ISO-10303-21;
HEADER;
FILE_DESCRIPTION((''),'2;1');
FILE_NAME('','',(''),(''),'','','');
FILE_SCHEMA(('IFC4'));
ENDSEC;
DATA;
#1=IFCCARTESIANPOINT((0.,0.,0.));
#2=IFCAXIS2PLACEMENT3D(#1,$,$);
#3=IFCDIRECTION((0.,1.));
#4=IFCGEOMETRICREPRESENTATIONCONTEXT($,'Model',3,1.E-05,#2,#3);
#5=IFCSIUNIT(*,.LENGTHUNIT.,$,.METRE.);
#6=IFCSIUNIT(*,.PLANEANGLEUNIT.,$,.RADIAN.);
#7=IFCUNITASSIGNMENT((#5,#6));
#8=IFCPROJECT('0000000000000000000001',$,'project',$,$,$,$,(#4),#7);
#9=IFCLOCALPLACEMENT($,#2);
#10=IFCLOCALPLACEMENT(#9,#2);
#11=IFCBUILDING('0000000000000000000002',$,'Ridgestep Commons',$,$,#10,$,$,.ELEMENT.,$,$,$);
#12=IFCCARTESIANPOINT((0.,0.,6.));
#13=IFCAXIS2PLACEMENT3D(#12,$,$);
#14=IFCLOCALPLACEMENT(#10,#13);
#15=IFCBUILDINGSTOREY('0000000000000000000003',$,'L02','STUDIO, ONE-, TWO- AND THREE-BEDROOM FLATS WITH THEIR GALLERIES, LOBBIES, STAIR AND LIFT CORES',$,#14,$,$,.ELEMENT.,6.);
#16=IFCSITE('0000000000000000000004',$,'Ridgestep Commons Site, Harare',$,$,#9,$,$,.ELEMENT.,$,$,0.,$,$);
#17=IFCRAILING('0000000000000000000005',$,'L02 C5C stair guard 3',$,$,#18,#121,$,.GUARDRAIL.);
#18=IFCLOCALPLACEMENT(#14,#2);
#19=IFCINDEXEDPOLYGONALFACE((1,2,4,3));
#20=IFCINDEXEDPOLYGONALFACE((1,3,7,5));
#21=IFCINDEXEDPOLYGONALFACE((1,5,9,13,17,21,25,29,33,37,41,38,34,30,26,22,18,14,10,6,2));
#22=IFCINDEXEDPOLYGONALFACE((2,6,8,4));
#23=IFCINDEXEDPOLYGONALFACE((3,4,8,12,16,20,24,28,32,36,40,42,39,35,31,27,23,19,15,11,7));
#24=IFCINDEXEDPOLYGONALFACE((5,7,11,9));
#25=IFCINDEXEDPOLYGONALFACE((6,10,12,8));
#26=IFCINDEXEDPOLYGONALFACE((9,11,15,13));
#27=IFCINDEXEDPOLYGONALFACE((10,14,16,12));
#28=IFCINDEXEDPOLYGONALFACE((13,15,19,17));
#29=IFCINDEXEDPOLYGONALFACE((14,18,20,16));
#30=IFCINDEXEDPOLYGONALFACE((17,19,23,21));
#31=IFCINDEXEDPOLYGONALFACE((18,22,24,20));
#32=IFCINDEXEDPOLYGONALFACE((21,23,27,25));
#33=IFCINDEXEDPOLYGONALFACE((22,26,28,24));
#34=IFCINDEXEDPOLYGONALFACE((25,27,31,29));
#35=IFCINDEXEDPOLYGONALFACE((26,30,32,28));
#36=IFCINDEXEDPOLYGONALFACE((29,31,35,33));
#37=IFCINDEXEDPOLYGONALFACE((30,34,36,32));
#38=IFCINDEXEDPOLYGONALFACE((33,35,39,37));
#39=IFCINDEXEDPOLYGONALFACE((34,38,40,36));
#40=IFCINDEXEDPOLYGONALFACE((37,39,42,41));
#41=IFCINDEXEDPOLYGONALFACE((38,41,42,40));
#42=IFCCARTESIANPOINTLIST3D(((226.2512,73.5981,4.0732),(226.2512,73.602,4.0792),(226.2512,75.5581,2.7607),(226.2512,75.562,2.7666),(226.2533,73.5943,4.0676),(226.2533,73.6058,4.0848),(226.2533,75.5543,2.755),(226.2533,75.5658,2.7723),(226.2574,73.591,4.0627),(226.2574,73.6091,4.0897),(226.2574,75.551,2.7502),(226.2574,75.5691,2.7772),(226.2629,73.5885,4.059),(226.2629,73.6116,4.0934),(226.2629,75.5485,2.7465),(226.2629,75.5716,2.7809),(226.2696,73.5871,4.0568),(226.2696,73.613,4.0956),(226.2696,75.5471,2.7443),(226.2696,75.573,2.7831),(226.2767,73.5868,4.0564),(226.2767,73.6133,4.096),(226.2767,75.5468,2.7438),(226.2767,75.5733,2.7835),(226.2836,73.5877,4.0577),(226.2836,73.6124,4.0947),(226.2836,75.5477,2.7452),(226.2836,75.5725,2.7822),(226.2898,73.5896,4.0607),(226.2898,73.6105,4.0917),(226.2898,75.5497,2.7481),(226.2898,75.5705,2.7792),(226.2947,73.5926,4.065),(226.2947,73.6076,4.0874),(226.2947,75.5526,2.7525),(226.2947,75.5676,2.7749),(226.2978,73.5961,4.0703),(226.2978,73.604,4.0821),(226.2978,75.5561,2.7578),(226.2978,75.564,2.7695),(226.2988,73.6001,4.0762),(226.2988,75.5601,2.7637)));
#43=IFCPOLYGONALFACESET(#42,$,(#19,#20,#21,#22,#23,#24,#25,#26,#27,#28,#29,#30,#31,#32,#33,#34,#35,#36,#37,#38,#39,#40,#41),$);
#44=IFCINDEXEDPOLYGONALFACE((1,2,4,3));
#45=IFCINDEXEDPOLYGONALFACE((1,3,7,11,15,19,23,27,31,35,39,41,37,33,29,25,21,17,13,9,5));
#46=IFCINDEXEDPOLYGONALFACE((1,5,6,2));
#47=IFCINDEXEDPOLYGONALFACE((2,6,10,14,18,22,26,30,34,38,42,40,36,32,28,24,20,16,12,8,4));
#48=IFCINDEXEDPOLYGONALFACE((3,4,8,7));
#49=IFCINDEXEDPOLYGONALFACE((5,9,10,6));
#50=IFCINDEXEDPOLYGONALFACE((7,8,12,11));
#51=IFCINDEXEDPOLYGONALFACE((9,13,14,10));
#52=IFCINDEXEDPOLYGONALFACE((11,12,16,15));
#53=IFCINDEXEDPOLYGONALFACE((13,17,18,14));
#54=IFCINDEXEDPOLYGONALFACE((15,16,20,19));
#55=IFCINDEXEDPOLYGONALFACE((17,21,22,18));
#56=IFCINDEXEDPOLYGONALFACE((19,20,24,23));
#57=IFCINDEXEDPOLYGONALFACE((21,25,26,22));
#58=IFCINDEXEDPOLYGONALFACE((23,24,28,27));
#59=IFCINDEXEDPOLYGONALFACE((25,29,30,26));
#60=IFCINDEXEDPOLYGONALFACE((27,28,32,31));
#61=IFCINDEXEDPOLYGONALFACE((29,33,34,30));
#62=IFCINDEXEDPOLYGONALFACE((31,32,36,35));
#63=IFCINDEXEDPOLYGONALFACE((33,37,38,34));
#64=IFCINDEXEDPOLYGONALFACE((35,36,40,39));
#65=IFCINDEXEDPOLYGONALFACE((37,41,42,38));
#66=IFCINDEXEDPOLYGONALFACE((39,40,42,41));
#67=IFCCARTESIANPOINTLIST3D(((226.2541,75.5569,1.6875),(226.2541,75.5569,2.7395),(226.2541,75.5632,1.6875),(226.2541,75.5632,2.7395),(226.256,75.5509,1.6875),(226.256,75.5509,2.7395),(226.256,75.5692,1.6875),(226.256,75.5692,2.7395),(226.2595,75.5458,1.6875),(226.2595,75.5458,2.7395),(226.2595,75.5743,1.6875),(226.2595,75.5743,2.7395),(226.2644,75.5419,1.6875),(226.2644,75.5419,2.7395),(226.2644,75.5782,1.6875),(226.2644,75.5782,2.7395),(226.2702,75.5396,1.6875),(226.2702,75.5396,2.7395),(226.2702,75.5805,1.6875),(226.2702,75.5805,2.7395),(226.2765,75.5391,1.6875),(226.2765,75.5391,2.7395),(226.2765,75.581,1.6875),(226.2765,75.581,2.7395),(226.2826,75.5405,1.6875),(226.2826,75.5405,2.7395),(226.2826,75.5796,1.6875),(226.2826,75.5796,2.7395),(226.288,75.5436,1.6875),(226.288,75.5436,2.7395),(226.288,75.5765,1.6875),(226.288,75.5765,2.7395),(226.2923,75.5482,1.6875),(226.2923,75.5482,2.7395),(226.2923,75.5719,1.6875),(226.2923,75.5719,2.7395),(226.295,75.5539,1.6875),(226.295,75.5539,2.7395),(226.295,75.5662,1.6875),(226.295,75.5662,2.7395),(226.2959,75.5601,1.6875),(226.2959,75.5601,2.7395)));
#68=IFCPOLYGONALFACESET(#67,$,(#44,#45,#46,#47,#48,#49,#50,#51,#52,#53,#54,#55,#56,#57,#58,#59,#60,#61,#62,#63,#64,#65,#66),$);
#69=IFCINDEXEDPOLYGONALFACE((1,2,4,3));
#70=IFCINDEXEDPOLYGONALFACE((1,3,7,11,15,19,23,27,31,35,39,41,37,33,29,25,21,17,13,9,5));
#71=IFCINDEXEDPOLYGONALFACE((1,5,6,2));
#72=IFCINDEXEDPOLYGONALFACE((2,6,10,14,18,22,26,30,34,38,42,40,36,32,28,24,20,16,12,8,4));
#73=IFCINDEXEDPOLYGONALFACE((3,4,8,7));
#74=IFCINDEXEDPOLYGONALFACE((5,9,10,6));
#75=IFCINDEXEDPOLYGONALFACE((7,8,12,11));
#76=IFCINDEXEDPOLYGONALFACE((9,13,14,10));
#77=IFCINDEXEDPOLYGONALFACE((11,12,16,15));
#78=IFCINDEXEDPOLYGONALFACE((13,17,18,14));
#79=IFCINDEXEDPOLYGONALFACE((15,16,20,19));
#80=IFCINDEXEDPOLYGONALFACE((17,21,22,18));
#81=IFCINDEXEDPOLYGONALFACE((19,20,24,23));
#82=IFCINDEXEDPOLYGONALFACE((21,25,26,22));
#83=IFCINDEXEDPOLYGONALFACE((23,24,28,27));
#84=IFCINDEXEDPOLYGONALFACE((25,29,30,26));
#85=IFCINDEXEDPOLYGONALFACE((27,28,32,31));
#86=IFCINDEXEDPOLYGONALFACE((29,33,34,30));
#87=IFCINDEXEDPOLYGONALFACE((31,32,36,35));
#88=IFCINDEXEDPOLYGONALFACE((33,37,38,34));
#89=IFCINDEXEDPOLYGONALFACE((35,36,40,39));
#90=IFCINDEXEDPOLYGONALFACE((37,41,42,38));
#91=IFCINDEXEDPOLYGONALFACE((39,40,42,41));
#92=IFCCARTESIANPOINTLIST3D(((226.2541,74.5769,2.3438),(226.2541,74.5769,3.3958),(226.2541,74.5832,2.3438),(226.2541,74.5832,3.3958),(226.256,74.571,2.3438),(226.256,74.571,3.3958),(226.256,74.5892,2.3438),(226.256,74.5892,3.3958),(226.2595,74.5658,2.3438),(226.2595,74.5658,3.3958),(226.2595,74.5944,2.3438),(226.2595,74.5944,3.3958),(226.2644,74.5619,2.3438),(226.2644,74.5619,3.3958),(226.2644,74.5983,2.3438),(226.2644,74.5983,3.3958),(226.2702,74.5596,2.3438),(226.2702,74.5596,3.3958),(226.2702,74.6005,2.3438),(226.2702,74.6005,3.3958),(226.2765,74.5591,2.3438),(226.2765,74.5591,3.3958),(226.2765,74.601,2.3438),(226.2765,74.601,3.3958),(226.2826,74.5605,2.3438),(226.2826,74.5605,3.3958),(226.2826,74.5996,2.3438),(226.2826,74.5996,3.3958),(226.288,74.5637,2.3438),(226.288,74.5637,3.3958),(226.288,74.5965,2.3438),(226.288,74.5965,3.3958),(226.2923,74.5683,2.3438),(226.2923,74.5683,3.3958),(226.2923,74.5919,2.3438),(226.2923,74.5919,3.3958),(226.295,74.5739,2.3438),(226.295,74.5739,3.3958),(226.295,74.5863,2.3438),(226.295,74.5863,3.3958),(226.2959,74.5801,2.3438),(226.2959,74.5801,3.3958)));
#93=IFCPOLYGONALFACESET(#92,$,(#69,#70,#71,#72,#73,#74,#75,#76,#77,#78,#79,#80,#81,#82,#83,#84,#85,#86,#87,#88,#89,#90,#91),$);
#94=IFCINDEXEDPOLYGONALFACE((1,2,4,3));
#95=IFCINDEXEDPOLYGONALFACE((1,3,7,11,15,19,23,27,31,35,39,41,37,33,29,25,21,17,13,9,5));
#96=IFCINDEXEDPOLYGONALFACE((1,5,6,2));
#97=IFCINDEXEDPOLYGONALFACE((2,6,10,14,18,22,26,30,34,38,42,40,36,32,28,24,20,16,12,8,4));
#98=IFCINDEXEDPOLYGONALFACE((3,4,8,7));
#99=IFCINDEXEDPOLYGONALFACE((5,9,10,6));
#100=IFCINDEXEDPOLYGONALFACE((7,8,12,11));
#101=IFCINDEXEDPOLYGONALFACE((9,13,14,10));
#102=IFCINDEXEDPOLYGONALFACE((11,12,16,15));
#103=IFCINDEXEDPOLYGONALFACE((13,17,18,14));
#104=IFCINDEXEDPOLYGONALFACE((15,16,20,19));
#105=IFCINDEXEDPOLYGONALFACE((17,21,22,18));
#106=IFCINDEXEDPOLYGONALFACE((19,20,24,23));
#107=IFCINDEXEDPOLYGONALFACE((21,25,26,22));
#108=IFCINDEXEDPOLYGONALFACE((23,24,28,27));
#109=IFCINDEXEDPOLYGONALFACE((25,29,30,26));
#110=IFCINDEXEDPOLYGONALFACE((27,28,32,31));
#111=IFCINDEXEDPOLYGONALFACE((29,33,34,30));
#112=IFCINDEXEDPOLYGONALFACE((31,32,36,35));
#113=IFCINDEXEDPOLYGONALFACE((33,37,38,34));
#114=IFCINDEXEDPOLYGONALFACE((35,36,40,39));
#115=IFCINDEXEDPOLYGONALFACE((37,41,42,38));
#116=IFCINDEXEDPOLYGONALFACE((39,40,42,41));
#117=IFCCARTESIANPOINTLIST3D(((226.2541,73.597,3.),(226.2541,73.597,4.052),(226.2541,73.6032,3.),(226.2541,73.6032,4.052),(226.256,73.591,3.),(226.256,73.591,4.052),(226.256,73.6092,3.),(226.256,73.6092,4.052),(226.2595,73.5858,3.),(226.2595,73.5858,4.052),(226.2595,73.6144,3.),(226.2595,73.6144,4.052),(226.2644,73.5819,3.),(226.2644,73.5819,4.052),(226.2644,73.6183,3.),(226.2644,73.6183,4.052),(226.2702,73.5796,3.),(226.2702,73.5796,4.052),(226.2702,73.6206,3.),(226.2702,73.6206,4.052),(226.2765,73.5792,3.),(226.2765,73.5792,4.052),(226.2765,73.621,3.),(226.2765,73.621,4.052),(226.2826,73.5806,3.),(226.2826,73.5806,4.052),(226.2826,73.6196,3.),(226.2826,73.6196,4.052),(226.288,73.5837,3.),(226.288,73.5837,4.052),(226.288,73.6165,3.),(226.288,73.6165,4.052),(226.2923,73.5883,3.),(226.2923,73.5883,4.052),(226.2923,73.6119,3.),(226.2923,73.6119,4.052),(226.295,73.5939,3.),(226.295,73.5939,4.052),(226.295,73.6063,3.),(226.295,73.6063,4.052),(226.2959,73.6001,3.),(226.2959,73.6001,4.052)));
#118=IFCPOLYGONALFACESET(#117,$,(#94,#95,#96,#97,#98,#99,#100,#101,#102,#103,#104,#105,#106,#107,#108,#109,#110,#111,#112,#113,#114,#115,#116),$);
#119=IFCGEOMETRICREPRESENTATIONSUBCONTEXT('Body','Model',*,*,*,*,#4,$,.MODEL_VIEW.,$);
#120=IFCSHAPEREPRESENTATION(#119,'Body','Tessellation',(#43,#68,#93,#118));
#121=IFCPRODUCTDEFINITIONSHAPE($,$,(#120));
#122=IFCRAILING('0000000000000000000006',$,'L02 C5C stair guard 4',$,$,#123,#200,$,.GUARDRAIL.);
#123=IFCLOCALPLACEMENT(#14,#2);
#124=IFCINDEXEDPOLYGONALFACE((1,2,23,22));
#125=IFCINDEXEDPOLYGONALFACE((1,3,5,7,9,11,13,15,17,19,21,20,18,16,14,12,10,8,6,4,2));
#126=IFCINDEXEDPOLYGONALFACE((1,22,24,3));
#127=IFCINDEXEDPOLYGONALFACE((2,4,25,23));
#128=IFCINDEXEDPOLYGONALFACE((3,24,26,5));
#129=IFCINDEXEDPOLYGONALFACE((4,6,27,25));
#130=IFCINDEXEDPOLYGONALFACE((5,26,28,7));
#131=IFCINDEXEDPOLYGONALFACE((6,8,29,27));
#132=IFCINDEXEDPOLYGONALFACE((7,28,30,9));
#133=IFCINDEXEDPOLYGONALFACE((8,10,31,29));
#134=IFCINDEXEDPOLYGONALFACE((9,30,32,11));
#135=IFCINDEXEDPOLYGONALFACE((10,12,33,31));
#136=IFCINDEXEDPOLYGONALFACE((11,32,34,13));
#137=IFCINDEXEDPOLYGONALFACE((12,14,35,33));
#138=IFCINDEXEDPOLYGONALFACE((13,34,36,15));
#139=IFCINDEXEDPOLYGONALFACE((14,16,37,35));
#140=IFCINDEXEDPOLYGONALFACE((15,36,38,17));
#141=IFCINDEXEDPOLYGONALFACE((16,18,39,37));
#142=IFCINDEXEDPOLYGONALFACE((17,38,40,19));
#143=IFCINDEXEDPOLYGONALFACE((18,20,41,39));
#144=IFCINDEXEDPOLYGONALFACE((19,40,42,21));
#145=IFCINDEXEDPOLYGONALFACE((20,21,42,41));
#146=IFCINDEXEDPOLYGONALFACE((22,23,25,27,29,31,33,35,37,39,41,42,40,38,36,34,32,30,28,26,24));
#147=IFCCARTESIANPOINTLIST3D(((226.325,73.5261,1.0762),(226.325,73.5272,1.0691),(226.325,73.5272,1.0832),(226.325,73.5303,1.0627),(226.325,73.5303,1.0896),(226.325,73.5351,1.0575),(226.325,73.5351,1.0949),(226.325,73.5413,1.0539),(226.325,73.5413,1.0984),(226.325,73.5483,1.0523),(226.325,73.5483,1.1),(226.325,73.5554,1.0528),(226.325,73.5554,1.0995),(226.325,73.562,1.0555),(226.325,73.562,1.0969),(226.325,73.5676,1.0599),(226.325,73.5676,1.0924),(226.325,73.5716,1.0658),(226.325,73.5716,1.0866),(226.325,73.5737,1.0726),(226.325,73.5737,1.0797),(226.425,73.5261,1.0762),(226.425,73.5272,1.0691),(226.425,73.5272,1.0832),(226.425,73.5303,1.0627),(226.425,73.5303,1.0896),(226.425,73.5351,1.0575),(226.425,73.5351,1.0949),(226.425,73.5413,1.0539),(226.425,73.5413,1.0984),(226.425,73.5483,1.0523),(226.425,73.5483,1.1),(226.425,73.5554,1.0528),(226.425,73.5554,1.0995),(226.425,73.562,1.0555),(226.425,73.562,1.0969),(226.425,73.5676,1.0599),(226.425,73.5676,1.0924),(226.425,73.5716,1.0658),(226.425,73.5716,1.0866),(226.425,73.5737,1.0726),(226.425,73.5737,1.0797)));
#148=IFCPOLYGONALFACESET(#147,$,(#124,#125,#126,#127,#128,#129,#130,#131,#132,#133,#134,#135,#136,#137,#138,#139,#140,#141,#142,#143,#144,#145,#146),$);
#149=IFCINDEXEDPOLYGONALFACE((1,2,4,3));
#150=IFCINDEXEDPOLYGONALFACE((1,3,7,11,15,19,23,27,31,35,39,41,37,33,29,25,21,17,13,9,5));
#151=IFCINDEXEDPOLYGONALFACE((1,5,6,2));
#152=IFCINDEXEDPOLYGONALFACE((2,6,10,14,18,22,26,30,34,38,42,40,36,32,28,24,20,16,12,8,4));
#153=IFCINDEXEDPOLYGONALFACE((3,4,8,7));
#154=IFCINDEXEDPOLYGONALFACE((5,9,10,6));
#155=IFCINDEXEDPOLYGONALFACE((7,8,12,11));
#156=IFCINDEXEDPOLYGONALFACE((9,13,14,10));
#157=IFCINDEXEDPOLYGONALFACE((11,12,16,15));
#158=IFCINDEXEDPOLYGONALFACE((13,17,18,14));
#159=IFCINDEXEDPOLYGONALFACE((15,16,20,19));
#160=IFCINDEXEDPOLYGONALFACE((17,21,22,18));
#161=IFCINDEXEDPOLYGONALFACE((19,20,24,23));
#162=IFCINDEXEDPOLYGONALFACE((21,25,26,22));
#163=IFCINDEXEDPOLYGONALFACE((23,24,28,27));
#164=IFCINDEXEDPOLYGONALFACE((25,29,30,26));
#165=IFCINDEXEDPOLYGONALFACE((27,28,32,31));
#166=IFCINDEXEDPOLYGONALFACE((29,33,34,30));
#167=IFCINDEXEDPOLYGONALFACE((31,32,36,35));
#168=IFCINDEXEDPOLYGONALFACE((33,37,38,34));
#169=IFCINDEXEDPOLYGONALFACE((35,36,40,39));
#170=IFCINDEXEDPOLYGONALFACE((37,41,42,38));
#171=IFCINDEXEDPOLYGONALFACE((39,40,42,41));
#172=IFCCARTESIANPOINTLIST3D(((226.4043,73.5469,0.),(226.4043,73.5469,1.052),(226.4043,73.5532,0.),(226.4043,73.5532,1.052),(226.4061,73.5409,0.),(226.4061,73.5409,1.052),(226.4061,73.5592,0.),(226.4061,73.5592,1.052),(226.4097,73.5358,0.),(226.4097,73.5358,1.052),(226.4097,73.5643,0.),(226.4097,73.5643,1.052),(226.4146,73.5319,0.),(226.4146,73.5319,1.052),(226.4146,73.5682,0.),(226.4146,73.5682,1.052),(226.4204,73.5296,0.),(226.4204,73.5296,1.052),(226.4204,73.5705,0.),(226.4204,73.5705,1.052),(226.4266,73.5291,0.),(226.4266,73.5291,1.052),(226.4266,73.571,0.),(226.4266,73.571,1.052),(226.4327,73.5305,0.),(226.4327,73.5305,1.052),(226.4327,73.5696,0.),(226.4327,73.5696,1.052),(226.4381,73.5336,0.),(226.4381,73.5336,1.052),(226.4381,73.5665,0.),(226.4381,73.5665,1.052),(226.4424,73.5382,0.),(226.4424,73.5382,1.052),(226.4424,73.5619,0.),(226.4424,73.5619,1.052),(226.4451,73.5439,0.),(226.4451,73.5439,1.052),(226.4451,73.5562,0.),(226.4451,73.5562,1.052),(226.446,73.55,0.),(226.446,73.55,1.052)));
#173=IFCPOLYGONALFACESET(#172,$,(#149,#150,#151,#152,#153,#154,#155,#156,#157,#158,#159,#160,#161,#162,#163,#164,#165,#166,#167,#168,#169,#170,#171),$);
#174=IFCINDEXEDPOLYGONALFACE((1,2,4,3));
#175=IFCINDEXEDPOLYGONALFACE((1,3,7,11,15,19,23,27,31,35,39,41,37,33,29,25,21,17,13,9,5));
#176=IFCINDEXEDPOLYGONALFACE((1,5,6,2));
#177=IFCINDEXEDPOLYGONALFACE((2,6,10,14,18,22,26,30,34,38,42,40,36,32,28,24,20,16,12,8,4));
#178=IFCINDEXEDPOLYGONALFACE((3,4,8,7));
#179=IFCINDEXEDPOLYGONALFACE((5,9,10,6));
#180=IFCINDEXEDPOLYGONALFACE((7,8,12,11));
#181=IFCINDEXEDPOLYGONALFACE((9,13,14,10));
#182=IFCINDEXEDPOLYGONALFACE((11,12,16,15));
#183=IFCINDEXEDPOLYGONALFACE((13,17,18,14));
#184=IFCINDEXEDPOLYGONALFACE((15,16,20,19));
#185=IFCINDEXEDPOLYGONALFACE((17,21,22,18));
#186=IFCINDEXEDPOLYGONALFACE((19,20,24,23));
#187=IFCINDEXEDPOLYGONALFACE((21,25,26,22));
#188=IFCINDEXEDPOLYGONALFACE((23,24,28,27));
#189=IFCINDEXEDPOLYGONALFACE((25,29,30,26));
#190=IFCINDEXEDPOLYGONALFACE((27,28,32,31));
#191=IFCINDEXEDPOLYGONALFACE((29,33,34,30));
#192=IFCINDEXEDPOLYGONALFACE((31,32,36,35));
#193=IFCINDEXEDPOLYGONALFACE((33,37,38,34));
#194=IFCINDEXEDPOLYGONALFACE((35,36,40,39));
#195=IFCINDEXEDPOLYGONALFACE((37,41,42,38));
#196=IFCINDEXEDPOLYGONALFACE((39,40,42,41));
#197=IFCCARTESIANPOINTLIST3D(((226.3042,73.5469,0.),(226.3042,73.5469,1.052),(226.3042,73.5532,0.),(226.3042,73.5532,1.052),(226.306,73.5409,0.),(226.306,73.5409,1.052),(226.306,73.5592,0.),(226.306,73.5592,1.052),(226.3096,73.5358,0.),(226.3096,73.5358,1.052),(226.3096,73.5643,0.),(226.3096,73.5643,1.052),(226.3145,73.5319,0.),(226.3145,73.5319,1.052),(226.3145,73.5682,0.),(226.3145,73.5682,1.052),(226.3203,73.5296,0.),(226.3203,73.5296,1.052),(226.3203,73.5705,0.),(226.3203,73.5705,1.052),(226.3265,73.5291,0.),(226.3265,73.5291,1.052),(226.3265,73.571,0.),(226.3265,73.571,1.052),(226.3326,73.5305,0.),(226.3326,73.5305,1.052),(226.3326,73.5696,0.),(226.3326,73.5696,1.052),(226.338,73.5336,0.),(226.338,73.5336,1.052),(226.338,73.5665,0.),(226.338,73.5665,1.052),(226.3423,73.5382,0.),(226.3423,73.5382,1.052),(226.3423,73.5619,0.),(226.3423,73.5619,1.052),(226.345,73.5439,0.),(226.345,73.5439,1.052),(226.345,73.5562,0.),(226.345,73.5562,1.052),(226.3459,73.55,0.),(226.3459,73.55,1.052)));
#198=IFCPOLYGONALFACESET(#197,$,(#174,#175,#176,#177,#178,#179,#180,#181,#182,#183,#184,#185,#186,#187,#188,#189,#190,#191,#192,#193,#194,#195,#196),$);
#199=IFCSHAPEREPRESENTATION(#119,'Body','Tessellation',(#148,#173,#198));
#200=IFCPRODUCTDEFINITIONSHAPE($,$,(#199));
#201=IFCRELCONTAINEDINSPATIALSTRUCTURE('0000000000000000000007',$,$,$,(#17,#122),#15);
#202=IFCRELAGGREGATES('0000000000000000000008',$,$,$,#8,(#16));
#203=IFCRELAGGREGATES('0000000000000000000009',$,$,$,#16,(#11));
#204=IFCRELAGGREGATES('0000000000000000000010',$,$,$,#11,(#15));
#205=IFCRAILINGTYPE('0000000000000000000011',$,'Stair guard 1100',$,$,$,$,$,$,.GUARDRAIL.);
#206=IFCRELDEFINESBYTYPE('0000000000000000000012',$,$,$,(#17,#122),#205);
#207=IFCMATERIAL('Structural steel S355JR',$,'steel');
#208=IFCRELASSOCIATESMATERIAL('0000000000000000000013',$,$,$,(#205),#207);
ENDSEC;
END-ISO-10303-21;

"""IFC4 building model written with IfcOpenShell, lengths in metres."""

from ifc_helpers import new_model, si_unit, direction, frame, origin, origin_2d, place, context, subcontext, project, spatial, circle, extrude, material, type_object, element, save


model = new_model("IFC4")

# Units and contexts
model_context = context("Model", 3, precision=1e-05, world=origin(), true_north=direction((0.0, 1.0)))
body_context = subcontext(model_context, "Body", "Model", "MODEL_VIEW")
ifc_project = project(units=[si_unit("LENGTHUNIT", "METRE"), si_unit("PLANEANGLEUNIT", "RADIAN")], contexts=[model_context])

# Site, building, storey
site_placement = place(None, origin())
site = spatial("IfcSite", under=ifc_project, at=site_placement, Name="Ridgestep Commons Site, Harare", CompositionType="ELEMENT", RefElevation=0.0)
building_placement = place(site_placement, origin())
building = spatial("IfcBuilding", under=site, at=building_placement, Name="Ridgestep Commons", CompositionType="ELEMENT")
storey_placement = place(building_placement, frame((0.0, 0.0, 6.0)))
storey = spatial("IfcBuildingStorey", under=building, at=storey_placement, Name="L02", Description="STUDIO, ONE-, TWO- AND THREE-BEDROOM FLATS WITH THEIR GALLERIES, LOBBIES, STAIR AND LIFT CORES", CompositionType="ELEMENT", Elevation=6.0)

# Railings
ifc_material_1 = material(Name="Structural steel S355JR", Category="steel")
railing_type_1 = type_object("IfcRailingType", Name="Stair guard 1100", PredefinedType="GUARDRAIL", material=ifc_material_1)
railing_1_placement = place(storey_placement, frame((226.2749, 75.5601, 1.6875)))
element("IfcRailing", 1, at=railing_1_placement, inside=storey, type_object=railing_type_1, Name="L02 C5C stair guard 3", PredefinedType="GUARDRAIL", context=body_context, shape_type="SweptSolid", body=[
    extrude(circle(Radius=0.0239, at=origin_2d()), frame((0.0, 0.0, 1.0762), z_axis=(0.0, -0.830902, 0.556419), x_axis=(1.0, 0.0, 0.0)), (0.0, 0.0, 1.0), 2.3589),
    extrude(circle(Radius=0.021, at=origin_2d()), origin(), (0.0, 0.0, 1.0), 1.052),
    extrude(circle(Radius=0.021, at=origin_2d()), frame((0.0, -0.98, 0.6562)), (0.0, 0.0, 1.0), 1.052),
    extrude(circle(Radius=0.021, at=origin_2d()), frame((0.0, -1.96, 1.3125)), (0.0, 0.0, 1.0), 1.052),
])
railing_2_placement = place(storey_placement, frame((226.425, 73.55, 0.0)))
element("IfcRailing", 2, at=railing_2_placement, inside=storey, type_object=railing_type_1, Name="L02 C5C stair guard 4", PredefinedType="GUARDRAIL", context=body_context, shape_type="SweptSolid", body=[
    extrude(circle(Radius=0.0239, at=origin_2d()), frame((0.0, 0.0, 1.0762), z_axis=(-1.0, 0.0, 0.0), x_axis=(0.0, -1.0, 0.0)), (0.0, 0.0, 1.0), 0.1001),
    extrude(circle(Radius=0.021, at=origin_2d()), origin(), (0.0, 0.0, 1.0), 1.052),
    extrude(circle(Radius=0.021, at=origin_2d()), frame((-0.1001, 0.0, 0.0)), (0.0, 0.0, 1.0), 1.052),
])

save(model, "model.ifc")
